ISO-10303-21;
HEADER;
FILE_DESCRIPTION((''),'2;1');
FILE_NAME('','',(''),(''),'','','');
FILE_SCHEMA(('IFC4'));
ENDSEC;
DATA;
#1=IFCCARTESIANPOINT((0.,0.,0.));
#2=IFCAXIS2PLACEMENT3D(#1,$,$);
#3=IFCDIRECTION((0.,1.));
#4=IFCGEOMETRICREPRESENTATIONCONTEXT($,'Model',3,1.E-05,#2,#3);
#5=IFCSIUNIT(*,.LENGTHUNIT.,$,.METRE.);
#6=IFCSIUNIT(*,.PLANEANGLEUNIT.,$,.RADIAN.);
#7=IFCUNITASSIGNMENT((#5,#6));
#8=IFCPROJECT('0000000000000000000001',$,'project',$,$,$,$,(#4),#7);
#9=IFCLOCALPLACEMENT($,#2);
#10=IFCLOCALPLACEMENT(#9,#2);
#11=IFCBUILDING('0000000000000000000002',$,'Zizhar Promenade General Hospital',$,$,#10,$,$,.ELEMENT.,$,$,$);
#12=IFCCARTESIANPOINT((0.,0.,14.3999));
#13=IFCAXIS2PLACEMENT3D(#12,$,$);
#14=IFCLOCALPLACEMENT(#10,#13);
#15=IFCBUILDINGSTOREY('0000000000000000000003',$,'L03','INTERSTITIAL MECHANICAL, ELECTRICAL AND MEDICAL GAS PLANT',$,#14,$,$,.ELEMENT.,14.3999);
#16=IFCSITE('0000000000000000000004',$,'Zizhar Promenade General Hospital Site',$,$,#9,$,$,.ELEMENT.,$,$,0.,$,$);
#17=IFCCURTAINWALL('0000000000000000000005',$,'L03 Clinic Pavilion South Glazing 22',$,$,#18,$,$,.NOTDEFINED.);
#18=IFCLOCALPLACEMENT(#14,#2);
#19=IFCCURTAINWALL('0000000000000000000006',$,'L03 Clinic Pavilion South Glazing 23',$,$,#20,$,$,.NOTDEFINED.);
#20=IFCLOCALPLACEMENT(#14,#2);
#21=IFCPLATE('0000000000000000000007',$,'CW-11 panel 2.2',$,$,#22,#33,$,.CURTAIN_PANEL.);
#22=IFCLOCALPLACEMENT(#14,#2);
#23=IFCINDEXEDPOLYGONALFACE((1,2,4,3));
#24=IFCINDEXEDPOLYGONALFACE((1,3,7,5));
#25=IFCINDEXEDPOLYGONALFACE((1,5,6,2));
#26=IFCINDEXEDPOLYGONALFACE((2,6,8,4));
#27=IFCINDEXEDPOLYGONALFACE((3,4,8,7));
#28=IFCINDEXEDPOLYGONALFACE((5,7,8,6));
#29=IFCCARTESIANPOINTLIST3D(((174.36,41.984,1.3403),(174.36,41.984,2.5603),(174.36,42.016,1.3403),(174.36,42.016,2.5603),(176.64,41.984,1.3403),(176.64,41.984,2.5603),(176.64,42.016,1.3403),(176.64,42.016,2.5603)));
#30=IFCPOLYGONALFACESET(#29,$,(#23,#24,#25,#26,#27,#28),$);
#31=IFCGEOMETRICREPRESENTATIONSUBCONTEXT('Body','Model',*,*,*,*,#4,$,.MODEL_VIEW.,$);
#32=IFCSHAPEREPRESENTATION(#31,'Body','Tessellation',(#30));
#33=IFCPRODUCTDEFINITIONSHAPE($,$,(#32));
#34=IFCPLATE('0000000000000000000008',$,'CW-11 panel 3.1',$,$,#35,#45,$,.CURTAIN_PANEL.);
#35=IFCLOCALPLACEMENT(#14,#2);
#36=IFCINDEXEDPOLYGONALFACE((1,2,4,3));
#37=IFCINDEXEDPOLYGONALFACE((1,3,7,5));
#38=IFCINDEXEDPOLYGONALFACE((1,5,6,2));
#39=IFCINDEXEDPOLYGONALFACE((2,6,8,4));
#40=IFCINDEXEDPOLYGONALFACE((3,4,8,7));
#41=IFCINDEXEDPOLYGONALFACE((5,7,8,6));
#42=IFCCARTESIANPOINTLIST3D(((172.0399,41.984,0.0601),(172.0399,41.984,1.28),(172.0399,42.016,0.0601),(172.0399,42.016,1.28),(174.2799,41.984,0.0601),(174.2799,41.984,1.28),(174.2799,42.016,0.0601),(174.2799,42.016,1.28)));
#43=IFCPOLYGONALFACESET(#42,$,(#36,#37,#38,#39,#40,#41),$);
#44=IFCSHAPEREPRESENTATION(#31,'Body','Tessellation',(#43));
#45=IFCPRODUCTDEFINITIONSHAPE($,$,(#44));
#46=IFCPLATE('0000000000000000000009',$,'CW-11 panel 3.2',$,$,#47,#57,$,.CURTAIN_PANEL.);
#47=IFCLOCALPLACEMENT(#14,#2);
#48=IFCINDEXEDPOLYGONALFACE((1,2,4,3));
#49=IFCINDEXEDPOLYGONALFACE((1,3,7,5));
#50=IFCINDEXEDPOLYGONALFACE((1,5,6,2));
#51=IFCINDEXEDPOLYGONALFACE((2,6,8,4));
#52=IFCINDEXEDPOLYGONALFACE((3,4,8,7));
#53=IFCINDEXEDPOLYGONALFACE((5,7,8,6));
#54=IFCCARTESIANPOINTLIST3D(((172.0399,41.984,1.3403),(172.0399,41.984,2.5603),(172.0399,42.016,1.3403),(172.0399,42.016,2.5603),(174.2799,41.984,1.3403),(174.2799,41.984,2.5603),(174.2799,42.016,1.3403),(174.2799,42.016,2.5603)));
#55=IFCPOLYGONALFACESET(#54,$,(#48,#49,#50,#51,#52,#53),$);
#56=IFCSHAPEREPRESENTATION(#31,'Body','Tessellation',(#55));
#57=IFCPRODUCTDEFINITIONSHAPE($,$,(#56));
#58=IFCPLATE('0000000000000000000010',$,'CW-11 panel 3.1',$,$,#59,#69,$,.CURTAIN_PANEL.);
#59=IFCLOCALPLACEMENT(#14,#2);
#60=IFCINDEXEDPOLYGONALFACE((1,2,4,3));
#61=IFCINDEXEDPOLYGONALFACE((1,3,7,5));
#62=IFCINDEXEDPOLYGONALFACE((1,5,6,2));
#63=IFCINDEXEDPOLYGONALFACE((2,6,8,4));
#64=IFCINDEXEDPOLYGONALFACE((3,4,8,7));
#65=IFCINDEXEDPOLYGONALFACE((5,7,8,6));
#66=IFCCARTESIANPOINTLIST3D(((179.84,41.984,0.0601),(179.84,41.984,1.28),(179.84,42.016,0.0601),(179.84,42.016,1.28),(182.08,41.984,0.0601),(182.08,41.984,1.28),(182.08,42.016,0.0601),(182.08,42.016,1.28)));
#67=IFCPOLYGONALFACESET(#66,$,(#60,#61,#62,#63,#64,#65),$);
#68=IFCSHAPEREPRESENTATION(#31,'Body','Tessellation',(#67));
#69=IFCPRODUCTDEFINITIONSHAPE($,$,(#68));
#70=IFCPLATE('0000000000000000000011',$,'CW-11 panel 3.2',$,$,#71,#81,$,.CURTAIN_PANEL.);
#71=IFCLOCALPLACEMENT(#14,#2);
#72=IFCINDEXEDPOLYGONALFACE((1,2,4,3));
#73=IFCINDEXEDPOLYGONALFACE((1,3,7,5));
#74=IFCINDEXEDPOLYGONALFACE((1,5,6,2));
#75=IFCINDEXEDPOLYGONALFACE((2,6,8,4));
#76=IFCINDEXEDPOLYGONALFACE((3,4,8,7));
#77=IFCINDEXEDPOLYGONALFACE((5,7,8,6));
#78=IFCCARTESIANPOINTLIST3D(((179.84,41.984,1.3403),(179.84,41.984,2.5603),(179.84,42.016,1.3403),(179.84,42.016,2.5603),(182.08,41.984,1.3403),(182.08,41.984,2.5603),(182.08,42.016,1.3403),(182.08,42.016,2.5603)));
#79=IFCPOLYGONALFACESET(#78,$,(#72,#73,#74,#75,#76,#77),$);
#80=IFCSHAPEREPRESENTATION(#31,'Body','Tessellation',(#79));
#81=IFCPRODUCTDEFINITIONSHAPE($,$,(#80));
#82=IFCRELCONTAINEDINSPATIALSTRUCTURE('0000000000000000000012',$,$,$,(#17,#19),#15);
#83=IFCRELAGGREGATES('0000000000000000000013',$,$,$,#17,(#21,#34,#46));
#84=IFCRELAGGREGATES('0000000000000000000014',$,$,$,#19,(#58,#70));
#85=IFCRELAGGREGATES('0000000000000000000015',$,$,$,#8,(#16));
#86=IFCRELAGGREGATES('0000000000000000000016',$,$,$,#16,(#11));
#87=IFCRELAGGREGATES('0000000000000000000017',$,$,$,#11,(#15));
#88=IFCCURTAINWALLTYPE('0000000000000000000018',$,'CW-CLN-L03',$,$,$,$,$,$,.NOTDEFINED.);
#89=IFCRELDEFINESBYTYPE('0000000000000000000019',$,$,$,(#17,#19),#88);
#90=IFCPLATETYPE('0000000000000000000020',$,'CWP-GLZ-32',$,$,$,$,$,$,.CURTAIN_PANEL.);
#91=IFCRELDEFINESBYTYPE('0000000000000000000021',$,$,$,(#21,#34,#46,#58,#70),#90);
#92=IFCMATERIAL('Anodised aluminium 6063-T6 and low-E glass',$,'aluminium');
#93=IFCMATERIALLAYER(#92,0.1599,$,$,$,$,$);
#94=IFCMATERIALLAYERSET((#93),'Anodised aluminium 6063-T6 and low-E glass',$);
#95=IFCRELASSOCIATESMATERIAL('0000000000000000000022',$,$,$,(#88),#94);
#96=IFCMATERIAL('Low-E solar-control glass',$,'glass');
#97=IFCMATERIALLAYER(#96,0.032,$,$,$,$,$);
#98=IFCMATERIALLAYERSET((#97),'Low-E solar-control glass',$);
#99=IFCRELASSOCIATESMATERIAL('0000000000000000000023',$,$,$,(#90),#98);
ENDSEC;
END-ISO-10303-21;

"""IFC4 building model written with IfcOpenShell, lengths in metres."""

from ifc_helpers import new_model, si_unit, direction, frame, origin, origin_2d, place, context, subcontext, project, spatial, rectangle, extrude, material, layer, layer_set, type_object, element, aggregate, save


model = new_model("IFC4")

# Units and contexts
model_context = context("Model", 3, precision=1e-05, world=origin(), true_north=direction((0.0, 1.0)))
body_context = subcontext(model_context, "Body", "Model", "MODEL_VIEW")
ifc_project = project(units=[si_unit("LENGTHUNIT", "METRE"), si_unit("PLANEANGLEUNIT", "RADIAN")], contexts=[model_context])

# Site, building, storey
site_placement = place(None, origin())
site = spatial("IfcSite", under=ifc_project, at=site_placement, Name="Zizhar Promenade General Hospital Site", CompositionType="ELEMENT", RefElevation=0.0)
building_placement = place(site_placement, origin())
building = spatial("IfcBuilding", under=site, at=building_placement, Name="Zizhar Promenade General Hospital", CompositionType="ELEMENT")
storey_placement = place(building_placement, frame((0.0, 0.0, 14.3999)))
storey = spatial("IfcBuildingStorey", under=building, at=storey_placement, Name="L03", Description="INTERSTITIAL MECHANICAL, ELECTRICAL AND MEDICAL GAS PLANT", CompositionType="ELEMENT", Elevation=14.3999)

# Shared definitions
ifc_material_1 = material(Name="Anodised aluminium 6063-T6 and low-E glass", Category="aluminium")
ifc_layer_1 = layer(ifc_material_1, 0.1599)
ifc_layer_set_1 = layer_set([ifc_layer_1], Name="Anodised aluminium 6063-T6 and low-E glass")
curtain_wall_type = type_object("IfcCurtainWallType", Name="CW-CLN-L03", PredefinedType="NOTDEFINED", material=ifc_layer_set_1)

# Curtain wall
curtain_wall_1_placement = place(storey_placement, origin())
curtain_wall_1 = element("IfcCurtainWall", 1, at=curtain_wall_1_placement, inside=storey, type_object=curtain_wall_type, Name="L03 Clinic Pavilion South Glazing 22", PredefinedType="NOTDEFINED")

# Curtain wall
curtain_wall_2_placement = place(storey_placement, origin())
curtain_wall_2 = element("IfcCurtainWall", 2, at=curtain_wall_2_placement, inside=storey, type_object=curtain_wall_type, Name="L03 Clinic Pavilion South Glazing 23", PredefinedType="NOTDEFINED")

# Plates
ifc_material_2 = material(Name="Low-E solar-control glass", Category="glass")
ifc_layer_2 = layer(ifc_material_2, 0.032)
ifc_layer_set_2 = layer_set([ifc_layer_2], Name="Low-E solar-control glass")
plate_type = type_object("IfcPlateType", Name="CWP-GLZ-32", PredefinedType="CURTAIN_PANEL", material=ifc_layer_set_2)
plate_1_placement = place(storey_placement, frame((175.5, 42.0, 1.3403), z_axis=(0.0, 0.0, 1.0), x_axis=(-1.0, 0.0, 0.0)))
plate_1 = element("IfcPlate", 3, at=plate_1_placement, type_object=plate_type, Name="CW-11 panel 2.2", PredefinedType="CURTAIN_PANEL", context=body_context, shape_type="SweptSolid", body=[
    extrude(rectangle(XDim=2.28, YDim=0.032, at=origin_2d()), origin(), (0.0, 0.0, 1.0), 1.22),
])
plate_2_placement = place(storey_placement, frame((173.1599, 42.0, 0.0601), z_axis=(0.0, 0.0, 1.0), x_axis=(-1.0, 0.0, 0.0)))
plate_2 = element("IfcPlate", 4, at=plate_2_placement, type_object=plate_type, Name="CW-11 panel 3.1", PredefinedType="CURTAIN_PANEL", context=body_context, shape_type="SweptSolid", body=[
    extrude(rectangle(XDim=2.24, YDim=0.032, at=origin_2d()), origin(), (0.0, 0.0, 1.0), 1.22),
])
plate_3_placement = place(storey_placement, frame((173.1599, 42.0, 1.3403), z_axis=(0.0, 0.0, 1.0), x_axis=(-1.0, 0.0, 0.0)))
plate_3 = element("IfcPlate", 5, at=plate_3_placement, type_object=plate_type, Name="CW-11 panel 3.2", PredefinedType="CURTAIN_PANEL", context=body_context, shape_type="SweptSolid", body=[
    extrude(rectangle(XDim=2.24, YDim=0.032, at=origin_2d()), origin(), (0.0, 0.0, 1.0), 1.22),
])
aggregate(curtain_wall_1, [plate_1, plate_2, plate_3])
plate_4_placement = place(storey_placement, frame((180.96, 42.0, 0.0601), z_axis=(0.0, 0.0, 1.0), x_axis=(-1.0, 0.0, 0.0)))
plate_4 = element("IfcPlate", 6, at=plate_4_placement, type_object=plate_type, Name="CW-11 panel 3.1", PredefinedType="CURTAIN_PANEL", context=body_context, shape_type="SweptSolid", body=[
    extrude(rectangle(XDim=2.24, YDim=0.032, at=origin_2d()), origin(), (0.0, 0.0, 1.0), 1.22),
])
plate_5_placement = place(storey_placement, frame((180.96, 42.0, 1.3403), z_axis=(0.0, 0.0, 1.0), x_axis=(-1.0, 0.0, 0.0)))
plate_5 = element("IfcPlate", 7, at=plate_5_placement, type_object=plate_type, Name="CW-11 panel 3.2", PredefinedType="CURTAIN_PANEL", context=body_context, shape_type="SweptSolid", body=[
    extrude(rectangle(XDim=2.24, YDim=0.032, at=origin_2d()), origin(), (0.0, 0.0, 1.0), 1.22),
])
aggregate(curtain_wall_2, [plate_4, plate_5])

save(model, "model.ifc")
